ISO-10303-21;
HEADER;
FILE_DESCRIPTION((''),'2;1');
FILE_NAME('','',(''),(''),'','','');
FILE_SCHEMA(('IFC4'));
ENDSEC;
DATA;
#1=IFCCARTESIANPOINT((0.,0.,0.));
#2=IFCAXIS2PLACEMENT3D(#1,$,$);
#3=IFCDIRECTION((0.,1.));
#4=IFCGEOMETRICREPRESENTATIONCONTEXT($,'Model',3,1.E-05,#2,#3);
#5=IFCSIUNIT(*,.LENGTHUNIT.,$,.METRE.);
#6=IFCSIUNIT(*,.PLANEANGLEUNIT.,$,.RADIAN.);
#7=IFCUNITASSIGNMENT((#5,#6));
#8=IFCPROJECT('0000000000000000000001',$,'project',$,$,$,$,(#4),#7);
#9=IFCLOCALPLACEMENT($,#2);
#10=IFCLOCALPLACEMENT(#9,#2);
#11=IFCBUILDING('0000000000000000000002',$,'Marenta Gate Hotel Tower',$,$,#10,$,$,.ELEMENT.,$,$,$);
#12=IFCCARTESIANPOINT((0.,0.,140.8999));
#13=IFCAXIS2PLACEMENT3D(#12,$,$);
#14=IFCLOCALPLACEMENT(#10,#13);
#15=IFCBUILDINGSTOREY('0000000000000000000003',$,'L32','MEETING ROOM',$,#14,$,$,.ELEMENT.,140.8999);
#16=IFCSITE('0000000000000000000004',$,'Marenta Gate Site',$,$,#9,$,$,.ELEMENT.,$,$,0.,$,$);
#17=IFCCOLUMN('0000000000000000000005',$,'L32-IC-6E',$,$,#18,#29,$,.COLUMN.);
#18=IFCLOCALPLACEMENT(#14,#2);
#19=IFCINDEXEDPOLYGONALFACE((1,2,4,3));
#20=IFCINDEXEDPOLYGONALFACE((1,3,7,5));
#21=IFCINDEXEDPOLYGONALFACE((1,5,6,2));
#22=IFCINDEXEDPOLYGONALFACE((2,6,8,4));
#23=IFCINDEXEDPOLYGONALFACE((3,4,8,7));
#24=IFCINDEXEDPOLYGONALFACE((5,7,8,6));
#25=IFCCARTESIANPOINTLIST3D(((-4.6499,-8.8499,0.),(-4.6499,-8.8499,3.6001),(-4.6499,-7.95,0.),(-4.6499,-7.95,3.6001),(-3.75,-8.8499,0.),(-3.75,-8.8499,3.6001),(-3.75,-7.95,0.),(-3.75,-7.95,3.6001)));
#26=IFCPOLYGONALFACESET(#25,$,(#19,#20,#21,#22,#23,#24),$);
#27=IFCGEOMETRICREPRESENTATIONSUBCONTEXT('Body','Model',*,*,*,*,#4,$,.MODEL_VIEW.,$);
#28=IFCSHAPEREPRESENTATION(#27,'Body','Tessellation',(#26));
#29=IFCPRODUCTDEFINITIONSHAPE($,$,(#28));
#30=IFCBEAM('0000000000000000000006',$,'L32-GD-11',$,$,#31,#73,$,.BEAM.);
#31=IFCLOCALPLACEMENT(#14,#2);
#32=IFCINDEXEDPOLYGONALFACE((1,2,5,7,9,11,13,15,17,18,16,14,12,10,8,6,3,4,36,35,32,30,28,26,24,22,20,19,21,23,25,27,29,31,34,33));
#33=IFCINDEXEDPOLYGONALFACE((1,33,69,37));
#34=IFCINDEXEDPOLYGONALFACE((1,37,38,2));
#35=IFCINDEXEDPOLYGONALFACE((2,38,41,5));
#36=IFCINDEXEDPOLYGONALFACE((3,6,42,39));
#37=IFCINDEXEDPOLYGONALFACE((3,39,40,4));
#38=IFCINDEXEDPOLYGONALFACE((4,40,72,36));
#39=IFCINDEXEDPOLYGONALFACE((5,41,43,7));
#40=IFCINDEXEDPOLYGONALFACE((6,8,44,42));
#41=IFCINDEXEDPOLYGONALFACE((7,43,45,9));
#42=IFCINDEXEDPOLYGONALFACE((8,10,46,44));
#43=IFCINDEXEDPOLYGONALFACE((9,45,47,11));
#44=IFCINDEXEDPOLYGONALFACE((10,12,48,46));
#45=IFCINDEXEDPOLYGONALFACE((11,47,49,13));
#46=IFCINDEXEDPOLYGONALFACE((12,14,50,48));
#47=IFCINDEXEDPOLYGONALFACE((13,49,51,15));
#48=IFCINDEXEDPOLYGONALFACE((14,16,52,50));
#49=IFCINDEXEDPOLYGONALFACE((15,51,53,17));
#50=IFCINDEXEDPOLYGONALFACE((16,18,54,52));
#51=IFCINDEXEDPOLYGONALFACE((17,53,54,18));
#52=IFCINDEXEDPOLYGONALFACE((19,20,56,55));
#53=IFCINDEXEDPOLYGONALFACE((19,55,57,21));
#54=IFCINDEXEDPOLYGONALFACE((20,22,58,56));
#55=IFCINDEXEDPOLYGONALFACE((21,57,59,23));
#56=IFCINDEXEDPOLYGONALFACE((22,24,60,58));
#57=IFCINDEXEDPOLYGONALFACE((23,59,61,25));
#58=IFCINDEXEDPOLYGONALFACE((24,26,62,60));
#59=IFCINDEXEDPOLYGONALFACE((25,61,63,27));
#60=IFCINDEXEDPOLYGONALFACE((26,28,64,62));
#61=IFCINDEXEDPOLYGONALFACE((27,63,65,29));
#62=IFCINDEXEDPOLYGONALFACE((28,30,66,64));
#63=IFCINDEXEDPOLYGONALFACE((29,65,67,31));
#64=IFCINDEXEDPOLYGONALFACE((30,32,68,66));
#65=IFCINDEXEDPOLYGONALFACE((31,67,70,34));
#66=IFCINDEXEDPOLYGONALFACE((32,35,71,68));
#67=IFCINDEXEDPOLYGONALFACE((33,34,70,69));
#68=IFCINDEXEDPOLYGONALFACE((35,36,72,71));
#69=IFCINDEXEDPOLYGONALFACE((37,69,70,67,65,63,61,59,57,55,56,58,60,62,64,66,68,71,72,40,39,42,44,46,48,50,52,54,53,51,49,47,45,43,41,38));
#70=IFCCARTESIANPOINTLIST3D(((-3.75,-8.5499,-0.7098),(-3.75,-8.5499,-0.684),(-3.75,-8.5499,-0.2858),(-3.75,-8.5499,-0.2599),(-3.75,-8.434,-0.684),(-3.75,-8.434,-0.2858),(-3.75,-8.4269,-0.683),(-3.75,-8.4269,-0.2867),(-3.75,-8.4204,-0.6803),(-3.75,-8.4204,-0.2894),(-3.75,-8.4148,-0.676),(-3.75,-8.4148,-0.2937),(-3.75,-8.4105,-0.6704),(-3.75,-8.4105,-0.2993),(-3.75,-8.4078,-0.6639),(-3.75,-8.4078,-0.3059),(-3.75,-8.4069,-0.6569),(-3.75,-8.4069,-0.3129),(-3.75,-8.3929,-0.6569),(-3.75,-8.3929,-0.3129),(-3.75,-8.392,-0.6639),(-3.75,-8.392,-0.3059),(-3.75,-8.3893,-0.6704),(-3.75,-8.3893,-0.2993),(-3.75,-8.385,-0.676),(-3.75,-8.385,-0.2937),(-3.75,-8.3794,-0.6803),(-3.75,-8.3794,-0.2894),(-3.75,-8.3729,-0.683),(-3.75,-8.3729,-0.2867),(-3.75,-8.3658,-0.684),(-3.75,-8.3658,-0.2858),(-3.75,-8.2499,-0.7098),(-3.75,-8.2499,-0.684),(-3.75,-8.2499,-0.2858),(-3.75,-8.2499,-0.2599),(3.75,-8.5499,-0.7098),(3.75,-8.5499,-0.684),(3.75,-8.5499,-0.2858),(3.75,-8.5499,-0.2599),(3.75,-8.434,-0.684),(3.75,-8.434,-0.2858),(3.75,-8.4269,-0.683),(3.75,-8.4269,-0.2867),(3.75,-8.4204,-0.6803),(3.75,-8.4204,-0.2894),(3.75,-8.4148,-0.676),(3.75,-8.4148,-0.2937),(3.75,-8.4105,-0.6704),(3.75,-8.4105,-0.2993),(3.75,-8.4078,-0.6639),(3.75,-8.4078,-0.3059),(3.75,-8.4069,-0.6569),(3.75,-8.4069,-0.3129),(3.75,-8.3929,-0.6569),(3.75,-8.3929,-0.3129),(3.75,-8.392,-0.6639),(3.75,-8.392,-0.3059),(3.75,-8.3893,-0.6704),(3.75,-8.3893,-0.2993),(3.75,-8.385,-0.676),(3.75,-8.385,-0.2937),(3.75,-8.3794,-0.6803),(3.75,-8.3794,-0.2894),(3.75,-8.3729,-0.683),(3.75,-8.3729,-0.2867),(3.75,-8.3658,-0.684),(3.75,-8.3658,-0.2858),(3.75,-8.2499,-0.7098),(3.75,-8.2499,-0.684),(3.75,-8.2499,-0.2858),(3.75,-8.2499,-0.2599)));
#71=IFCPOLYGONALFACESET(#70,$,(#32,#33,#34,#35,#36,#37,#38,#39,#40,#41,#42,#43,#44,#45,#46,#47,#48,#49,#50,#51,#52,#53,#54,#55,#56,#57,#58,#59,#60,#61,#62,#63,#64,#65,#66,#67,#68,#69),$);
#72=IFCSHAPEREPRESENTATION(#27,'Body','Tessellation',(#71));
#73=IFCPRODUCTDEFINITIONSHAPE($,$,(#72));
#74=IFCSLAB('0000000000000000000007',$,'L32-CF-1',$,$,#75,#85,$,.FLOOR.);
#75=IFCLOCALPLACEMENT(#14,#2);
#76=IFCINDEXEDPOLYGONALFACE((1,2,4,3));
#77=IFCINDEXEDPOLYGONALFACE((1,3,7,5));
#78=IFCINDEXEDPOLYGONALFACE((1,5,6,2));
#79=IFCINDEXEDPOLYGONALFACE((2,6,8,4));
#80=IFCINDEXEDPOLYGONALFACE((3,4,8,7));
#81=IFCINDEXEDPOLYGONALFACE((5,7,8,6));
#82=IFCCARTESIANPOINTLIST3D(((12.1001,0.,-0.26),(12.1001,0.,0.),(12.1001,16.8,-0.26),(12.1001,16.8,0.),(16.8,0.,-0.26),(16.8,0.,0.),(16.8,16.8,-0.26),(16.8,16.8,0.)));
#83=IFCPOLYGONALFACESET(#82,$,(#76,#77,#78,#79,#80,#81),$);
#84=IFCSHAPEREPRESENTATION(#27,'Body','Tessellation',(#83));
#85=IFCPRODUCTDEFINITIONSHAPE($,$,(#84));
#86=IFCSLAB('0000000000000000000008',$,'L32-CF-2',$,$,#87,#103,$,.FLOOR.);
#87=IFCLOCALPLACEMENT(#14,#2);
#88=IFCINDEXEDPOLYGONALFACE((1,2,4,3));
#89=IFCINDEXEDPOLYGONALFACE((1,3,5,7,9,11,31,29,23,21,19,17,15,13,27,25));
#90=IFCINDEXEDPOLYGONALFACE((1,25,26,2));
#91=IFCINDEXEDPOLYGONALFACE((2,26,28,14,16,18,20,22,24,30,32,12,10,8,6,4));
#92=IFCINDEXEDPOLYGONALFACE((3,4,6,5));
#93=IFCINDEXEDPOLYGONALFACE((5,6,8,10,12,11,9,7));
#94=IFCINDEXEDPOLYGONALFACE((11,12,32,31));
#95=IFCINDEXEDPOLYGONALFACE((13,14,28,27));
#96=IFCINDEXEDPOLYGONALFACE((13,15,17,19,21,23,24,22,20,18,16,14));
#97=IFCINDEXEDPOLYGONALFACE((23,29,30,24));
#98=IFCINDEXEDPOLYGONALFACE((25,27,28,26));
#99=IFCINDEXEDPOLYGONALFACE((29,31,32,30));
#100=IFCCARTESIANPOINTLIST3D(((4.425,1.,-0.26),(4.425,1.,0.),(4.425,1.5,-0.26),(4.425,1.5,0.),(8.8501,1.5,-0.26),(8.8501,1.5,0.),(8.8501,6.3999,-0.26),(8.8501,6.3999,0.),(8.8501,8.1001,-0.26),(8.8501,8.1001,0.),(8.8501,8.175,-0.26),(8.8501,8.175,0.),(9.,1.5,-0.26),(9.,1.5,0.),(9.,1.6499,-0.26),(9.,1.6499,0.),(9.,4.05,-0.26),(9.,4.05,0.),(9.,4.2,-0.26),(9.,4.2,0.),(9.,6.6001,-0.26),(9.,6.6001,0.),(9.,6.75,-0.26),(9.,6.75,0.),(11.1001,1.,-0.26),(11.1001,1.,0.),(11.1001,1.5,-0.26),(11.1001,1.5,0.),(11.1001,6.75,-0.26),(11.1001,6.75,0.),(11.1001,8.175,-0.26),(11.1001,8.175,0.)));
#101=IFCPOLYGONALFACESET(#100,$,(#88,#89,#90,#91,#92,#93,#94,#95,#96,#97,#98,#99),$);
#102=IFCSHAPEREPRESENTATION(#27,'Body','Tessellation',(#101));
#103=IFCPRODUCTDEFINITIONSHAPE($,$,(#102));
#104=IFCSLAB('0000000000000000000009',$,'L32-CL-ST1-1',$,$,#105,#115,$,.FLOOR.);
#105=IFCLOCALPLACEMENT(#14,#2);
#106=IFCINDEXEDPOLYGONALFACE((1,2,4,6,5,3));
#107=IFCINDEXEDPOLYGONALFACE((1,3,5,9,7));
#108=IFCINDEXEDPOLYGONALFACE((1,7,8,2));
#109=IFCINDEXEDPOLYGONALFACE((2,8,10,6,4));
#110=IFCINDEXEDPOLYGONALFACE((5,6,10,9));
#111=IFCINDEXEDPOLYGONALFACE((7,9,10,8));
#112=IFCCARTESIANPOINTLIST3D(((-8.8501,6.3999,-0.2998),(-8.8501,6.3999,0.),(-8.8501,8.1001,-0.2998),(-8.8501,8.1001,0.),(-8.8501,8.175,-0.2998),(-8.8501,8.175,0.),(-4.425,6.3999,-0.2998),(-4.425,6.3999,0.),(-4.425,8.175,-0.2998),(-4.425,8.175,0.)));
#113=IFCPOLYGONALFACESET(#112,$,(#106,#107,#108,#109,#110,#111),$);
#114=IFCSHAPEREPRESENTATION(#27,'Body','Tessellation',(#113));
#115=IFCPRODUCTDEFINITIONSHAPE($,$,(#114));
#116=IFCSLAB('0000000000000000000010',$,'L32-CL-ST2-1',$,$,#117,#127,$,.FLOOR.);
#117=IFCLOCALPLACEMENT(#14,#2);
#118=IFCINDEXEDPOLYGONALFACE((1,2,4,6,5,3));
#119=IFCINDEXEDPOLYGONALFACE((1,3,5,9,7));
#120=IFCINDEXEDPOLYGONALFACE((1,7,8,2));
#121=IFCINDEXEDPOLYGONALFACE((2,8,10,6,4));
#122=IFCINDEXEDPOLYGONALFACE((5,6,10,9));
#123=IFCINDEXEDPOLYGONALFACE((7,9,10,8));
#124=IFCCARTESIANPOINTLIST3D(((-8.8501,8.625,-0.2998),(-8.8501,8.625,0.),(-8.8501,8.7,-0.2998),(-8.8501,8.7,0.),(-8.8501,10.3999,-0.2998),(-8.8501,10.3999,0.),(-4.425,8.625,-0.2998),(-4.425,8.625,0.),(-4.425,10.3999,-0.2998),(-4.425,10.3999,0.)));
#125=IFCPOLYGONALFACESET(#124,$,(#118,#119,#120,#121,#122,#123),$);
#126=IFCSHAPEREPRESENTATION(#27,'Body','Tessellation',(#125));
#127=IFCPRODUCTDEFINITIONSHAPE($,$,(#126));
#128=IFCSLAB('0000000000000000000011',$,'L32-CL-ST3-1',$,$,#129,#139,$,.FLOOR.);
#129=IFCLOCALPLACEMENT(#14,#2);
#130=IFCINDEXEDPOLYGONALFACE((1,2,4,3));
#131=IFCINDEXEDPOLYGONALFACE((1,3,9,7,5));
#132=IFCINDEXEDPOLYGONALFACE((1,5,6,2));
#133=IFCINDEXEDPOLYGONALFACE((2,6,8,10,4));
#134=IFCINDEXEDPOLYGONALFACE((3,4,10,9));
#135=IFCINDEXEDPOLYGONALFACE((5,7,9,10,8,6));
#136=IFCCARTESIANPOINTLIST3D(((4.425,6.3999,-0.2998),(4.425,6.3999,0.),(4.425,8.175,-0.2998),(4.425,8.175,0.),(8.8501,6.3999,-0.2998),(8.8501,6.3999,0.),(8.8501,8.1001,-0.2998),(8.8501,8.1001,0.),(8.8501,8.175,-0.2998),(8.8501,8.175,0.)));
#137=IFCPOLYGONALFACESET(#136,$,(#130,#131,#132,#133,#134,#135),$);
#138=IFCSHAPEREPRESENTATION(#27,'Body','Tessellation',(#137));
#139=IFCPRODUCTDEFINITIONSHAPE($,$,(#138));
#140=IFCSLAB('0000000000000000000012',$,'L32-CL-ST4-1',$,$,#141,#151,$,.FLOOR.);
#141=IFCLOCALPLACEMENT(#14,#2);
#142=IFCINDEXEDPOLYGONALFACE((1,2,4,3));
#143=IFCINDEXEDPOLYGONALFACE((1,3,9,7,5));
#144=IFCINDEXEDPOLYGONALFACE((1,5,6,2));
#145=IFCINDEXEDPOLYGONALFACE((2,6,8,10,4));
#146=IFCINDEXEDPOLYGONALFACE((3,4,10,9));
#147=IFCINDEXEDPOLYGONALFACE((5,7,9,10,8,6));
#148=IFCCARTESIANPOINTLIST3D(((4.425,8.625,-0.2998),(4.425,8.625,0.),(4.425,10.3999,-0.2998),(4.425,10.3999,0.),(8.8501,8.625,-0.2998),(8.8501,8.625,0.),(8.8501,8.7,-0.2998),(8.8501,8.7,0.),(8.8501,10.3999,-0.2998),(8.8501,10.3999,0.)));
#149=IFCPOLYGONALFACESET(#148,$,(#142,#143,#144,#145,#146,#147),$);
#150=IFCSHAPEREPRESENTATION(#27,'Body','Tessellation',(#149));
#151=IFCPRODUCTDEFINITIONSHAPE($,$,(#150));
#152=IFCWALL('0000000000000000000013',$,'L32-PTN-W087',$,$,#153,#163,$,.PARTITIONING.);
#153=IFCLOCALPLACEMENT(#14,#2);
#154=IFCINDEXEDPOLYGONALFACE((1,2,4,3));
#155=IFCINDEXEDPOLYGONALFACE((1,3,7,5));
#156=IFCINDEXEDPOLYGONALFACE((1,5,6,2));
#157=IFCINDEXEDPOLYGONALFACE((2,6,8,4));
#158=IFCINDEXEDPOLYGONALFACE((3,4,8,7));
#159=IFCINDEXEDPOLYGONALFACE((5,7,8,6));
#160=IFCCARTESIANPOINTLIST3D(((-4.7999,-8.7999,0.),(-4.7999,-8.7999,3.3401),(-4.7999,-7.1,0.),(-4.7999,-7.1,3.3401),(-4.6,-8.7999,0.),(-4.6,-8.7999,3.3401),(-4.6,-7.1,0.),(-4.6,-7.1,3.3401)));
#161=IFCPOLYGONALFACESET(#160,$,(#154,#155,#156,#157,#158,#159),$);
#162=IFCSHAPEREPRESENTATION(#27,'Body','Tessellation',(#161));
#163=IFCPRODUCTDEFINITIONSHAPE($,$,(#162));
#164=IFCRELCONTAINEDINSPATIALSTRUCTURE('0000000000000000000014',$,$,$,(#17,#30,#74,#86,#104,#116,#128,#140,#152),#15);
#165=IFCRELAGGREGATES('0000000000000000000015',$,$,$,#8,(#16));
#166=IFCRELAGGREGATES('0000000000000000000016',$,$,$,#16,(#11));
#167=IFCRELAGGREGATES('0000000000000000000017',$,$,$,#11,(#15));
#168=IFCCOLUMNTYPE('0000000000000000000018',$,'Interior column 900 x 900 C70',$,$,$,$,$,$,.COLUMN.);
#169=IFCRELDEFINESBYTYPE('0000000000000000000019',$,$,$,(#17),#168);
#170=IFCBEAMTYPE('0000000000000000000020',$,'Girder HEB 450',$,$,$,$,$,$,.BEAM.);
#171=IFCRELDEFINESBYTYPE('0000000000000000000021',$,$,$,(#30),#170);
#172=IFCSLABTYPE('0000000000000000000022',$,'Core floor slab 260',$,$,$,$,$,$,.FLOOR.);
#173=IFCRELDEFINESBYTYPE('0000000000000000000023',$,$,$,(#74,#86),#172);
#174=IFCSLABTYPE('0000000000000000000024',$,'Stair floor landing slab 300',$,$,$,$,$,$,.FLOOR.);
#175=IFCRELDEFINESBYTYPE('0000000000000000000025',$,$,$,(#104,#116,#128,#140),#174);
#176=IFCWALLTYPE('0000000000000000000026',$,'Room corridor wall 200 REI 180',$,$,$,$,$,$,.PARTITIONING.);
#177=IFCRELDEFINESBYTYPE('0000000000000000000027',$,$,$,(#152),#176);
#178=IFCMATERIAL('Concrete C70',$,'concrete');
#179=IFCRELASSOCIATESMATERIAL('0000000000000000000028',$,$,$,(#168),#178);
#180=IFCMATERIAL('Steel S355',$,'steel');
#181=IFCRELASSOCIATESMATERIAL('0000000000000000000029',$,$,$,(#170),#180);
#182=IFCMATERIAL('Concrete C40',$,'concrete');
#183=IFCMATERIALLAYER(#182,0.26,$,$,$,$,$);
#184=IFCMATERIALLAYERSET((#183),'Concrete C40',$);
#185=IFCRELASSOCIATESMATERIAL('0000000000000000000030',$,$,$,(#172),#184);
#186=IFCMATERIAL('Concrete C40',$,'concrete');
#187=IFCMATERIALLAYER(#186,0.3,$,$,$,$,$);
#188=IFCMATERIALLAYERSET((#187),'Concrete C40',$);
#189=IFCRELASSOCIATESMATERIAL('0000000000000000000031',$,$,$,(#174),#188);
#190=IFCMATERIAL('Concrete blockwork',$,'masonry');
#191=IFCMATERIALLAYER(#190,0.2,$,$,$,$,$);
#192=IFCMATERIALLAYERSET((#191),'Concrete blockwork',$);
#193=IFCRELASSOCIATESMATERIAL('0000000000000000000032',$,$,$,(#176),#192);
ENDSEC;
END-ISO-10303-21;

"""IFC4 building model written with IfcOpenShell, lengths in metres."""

from ifc_helpers import new_model, si_unit, direction, frame, frame_2d, origin, origin_2d, place, context, subcontext, project, spatial, polyline, rectangle, i_section, outline, extrude, material, layer, layer_set, material_profile, profile_set, type_object, element, save


model = new_model("IFC4")

# Units and contexts
model_context = context("Model", 3, precision=1e-05, world=origin(), true_north=direction((0.0, 1.0)))
body_context = subcontext(model_context, "Body", "Model", "MODEL_VIEW")
ifc_project = project(units=[si_unit("LENGTHUNIT", "METRE"), si_unit("PLANEANGLEUNIT", "RADIAN")], contexts=[model_context])

# Site, building, storey
site_placement = place(None, origin())
site = spatial("IfcSite", under=ifc_project, at=site_placement, Name="Marenta Gate Site", CompositionType="ELEMENT", RefElevation=0.0)
building_placement = place(site_placement, origin())
building = spatial("IfcBuilding", under=site, at=building_placement, Name="Marenta Gate Hotel Tower", CompositionType="ELEMENT")
storey_placement = place(building_placement, frame((0.0, 0.0, 140.8999)))
storey = spatial("IfcBuildingStorey", under=building, at=storey_placement, Name="L32", Description="MEETING ROOM", CompositionType="ELEMENT", Elevation=140.8999)

# Column
ifc_material_1 = material(Name="Concrete C70", Category="concrete")
ifc_material_profile_1 = material_profile(ifc_material_1, rectangle(XDim=0.8999, YDim=0.8999, at=origin_2d()), Name="900 x 900")
ifc_profile_set_1 = profile_set([ifc_material_profile_1], Name="Concrete C70")
column_type = type_object("IfcColumnType", Name="Interior column 900 x 900 C70", PredefinedType="COLUMN", material=ifc_profile_set_1)
column_placement = place(storey_placement, frame((-4.2, -8.3999, 0.0), z_axis=(0.0, 0.0, 1.0), x_axis=(1.0, 0.0, 0.0)))
element("IfcColumn", 1, at=column_placement, inside=storey, type_object=column_type, Name="L32-IC-6E", PredefinedType="COLUMN", context=body_context, shape_type="SweptSolid", body=[
    extrude(rectangle(XDim=0.8999, YDim=0.8999, at=origin_2d()), origin(), (0.0, 0.0, 1.0), 3.6001),
])

# Beam
ifc_material_2 = material(Name="Steel S355", Category="steel")
ifc_material_profile_2 = material_profile(ifc_material_2, i_section(OverallWidth=0.3, OverallDepth=0.45, WebThickness=0.0139, FlangeThickness=0.0259, FilletRadius=0.0271, at=origin_2d()), Name="HEB 450")
ifc_profile_set_2 = profile_set([ifc_material_profile_2], Name="Steel S355")
beam_type = type_object("IfcBeamType", Name="Girder HEB 450", PredefinedType="BEAM", material=ifc_profile_set_2)
beam_placement = place(storey_placement, frame((-3.75, -8.3999, -0.4849), z_axis=(1.0, 0.0, 0.0), x_axis=(0.0, 1.0, 0.0)))
element("IfcBeam", 2, at=beam_placement, inside=storey, type_object=beam_type, Name="L32-GD-11", PredefinedType="BEAM", context=body_context, shape_type="SweptSolid", body=[
    extrude(i_section(OverallWidth=0.3, OverallDepth=0.45, WebThickness=0.0139, FlangeThickness=0.0259, FilletRadius=0.0271, at=origin_2d()), origin(), (0.0, 0.0, 1.0), 7.5),
])

# Slabs
ifc_material_3 = material(Name="Concrete C40", Category="concrete")
ifc_layer_1 = layer(ifc_material_3, 0.26)
ifc_layer_set_1 = layer_set([ifc_layer_1], Name="Concrete C40")
slab_type_1 = type_object("IfcSlabType", Name="Core floor slab 260", PredefinedType="FLOOR", material=ifc_layer_set_1)
slab_1_placement = place(storey_placement, frame((0.0, 0.0, -0.26)))
element("IfcSlab", 3, at=slab_1_placement, inside=storey, type_object=slab_type_1, Name="L32-CF-1", PredefinedType="FLOOR", context=body_context, shape_type="SweptSolid", body=[
    extrude(outline(polyline([(12.1001, 0.0), (12.1001, 16.8), (16.8, 16.8), (16.8, 0.0), (12.1001, 0.0)])), origin(), (0.0, 0.0, 1.0), 0.26),
])
slab_2_placement = place(storey_placement, frame((0.0, 0.0, -0.26)))
element("IfcSlab", 4, at=slab_2_placement, inside=storey, type_object=slab_type_1, Name="L32-CF-2", PredefinedType="FLOOR", context=body_context, shape_type="SweptSolid", body=[
    extrude(outline(polyline([(8.8501, 1.5), (8.8501, 6.3999), (8.8501, 8.1001), (8.8501, 8.175), (11.1001, 8.175), (11.1001, 6.75), (9.0, 6.75), (9.0, 6.6001), (9.0, 4.2), (9.0, 4.05), (9.0, 1.6499), (9.0, 1.5), (11.1001, 1.5), (11.1001, 1.0), (4.425, 1.0), (4.425, 1.5), (8.8501, 1.5)])), origin(), (0.0, 0.0, 1.0), 0.26),
])
ifc_material_4 = material(Name="Concrete C40", Category="concrete")
ifc_layer_2 = layer(ifc_material_4, 0.3)
ifc_layer_set_2 = layer_set([ifc_layer_2], Name="Concrete C40")
slab_type_2 = type_object("IfcSlabType", Name="Stair floor landing slab 300", PredefinedType="FLOOR", material=ifc_layer_set_2)
slab_3_placement = place(storey_placement, frame((0.0, 0.0, -0.2998)))
element("IfcSlab", 5, at=slab_3_placement, inside=storey, type_object=slab_type_2, Name="L32-CL-ST1-1", PredefinedType="FLOOR", context=body_context, shape_type="SweptSolid", body=[
    extrude(outline(polyline([(-4.425, 6.3999), (-8.8501, 6.3999), (-8.8501, 8.1001), (-8.8501, 8.175), (-4.425, 8.175), (-4.425, 6.3999)])), origin(), (0.0, 0.0, 1.0), 0.2998),
])
slab_4_placement = place(storey_placement, frame((0.0, 0.0, -0.2998)))
element("IfcSlab", 6, at=slab_4_placement, inside=storey, type_object=slab_type_2, Name="L32-CL-ST2-1", PredefinedType="FLOOR", context=body_context, shape_type="SweptSolid", body=[
    extrude(outline(polyline([(-4.425, 8.625), (-8.8501, 8.625), (-8.8501, 8.7), (-8.8501, 10.3999), (-4.425, 10.3999), (-4.425, 8.625)])), origin(), (0.0, 0.0, 1.0), 0.2998),
])
slab_5_placement = place(storey_placement, frame((0.0, 0.0, -0.2998)))
element("IfcSlab", 7, at=slab_5_placement, inside=storey, type_object=slab_type_2, Name="L32-CL-ST3-1", PredefinedType="FLOOR", context=body_context, shape_type="SweptSolid", body=[
    extrude(outline(polyline([(4.425, 6.3999), (4.425, 8.175), (8.8501, 8.175), (8.8501, 8.1001), (8.8501, 6.3999), (4.425, 6.3999)])), origin(), (0.0, 0.0, 1.0), 0.2998),
])
slab_6_placement = place(storey_placement, frame((0.0, 0.0, -0.2998)))
element("IfcSlab", 8, at=slab_6_placement, inside=storey, type_object=slab_type_2, Name="L32-CL-ST4-1", PredefinedType="FLOOR", context=body_context, shape_type="SweptSolid", body=[
    extrude(outline(polyline([(4.425, 8.625), (4.425, 10.3999), (8.8501, 10.3999), (8.8501, 8.7), (8.8501, 8.625), (4.425, 8.625)])), origin(), (0.0, 0.0, 1.0), 0.2998),
])

# Wall
ifc_material_5 = material(Name="Concrete blockwork", Category="masonry")
ifc_layer_3 = layer(ifc_material_5, 0.2)
ifc_layer_set_3 = layer_set([ifc_layer_3], Name="Concrete blockwork")
wall_type_1 = type_object("IfcWallType", Name="Room corridor wall 200 REI 180", PredefinedType="PARTITIONING", material=ifc_layer_set_3)
wall_1_placement = place(storey_placement, frame((-4.7, -8.8, 0.0), z_axis=(0.0, 0.0, 1.0), x_axis=(0.0, 1.0, 0.0)))
element("IfcWall", 9, at=wall_1_placement, inside=storey, type_object=wall_type_1, Name="L32-PTN-W087", PredefinedType="PARTITIONING", context=body_context, shape_type="SweptSolid", body=[
    extrude(rectangle(XDim=1.7, YDim=0.2, at=frame_2d((0.8501, 0.0))), origin(), (0.0, 0.0, 1.0), 3.3401),
])

save(model, "model.ifc")
